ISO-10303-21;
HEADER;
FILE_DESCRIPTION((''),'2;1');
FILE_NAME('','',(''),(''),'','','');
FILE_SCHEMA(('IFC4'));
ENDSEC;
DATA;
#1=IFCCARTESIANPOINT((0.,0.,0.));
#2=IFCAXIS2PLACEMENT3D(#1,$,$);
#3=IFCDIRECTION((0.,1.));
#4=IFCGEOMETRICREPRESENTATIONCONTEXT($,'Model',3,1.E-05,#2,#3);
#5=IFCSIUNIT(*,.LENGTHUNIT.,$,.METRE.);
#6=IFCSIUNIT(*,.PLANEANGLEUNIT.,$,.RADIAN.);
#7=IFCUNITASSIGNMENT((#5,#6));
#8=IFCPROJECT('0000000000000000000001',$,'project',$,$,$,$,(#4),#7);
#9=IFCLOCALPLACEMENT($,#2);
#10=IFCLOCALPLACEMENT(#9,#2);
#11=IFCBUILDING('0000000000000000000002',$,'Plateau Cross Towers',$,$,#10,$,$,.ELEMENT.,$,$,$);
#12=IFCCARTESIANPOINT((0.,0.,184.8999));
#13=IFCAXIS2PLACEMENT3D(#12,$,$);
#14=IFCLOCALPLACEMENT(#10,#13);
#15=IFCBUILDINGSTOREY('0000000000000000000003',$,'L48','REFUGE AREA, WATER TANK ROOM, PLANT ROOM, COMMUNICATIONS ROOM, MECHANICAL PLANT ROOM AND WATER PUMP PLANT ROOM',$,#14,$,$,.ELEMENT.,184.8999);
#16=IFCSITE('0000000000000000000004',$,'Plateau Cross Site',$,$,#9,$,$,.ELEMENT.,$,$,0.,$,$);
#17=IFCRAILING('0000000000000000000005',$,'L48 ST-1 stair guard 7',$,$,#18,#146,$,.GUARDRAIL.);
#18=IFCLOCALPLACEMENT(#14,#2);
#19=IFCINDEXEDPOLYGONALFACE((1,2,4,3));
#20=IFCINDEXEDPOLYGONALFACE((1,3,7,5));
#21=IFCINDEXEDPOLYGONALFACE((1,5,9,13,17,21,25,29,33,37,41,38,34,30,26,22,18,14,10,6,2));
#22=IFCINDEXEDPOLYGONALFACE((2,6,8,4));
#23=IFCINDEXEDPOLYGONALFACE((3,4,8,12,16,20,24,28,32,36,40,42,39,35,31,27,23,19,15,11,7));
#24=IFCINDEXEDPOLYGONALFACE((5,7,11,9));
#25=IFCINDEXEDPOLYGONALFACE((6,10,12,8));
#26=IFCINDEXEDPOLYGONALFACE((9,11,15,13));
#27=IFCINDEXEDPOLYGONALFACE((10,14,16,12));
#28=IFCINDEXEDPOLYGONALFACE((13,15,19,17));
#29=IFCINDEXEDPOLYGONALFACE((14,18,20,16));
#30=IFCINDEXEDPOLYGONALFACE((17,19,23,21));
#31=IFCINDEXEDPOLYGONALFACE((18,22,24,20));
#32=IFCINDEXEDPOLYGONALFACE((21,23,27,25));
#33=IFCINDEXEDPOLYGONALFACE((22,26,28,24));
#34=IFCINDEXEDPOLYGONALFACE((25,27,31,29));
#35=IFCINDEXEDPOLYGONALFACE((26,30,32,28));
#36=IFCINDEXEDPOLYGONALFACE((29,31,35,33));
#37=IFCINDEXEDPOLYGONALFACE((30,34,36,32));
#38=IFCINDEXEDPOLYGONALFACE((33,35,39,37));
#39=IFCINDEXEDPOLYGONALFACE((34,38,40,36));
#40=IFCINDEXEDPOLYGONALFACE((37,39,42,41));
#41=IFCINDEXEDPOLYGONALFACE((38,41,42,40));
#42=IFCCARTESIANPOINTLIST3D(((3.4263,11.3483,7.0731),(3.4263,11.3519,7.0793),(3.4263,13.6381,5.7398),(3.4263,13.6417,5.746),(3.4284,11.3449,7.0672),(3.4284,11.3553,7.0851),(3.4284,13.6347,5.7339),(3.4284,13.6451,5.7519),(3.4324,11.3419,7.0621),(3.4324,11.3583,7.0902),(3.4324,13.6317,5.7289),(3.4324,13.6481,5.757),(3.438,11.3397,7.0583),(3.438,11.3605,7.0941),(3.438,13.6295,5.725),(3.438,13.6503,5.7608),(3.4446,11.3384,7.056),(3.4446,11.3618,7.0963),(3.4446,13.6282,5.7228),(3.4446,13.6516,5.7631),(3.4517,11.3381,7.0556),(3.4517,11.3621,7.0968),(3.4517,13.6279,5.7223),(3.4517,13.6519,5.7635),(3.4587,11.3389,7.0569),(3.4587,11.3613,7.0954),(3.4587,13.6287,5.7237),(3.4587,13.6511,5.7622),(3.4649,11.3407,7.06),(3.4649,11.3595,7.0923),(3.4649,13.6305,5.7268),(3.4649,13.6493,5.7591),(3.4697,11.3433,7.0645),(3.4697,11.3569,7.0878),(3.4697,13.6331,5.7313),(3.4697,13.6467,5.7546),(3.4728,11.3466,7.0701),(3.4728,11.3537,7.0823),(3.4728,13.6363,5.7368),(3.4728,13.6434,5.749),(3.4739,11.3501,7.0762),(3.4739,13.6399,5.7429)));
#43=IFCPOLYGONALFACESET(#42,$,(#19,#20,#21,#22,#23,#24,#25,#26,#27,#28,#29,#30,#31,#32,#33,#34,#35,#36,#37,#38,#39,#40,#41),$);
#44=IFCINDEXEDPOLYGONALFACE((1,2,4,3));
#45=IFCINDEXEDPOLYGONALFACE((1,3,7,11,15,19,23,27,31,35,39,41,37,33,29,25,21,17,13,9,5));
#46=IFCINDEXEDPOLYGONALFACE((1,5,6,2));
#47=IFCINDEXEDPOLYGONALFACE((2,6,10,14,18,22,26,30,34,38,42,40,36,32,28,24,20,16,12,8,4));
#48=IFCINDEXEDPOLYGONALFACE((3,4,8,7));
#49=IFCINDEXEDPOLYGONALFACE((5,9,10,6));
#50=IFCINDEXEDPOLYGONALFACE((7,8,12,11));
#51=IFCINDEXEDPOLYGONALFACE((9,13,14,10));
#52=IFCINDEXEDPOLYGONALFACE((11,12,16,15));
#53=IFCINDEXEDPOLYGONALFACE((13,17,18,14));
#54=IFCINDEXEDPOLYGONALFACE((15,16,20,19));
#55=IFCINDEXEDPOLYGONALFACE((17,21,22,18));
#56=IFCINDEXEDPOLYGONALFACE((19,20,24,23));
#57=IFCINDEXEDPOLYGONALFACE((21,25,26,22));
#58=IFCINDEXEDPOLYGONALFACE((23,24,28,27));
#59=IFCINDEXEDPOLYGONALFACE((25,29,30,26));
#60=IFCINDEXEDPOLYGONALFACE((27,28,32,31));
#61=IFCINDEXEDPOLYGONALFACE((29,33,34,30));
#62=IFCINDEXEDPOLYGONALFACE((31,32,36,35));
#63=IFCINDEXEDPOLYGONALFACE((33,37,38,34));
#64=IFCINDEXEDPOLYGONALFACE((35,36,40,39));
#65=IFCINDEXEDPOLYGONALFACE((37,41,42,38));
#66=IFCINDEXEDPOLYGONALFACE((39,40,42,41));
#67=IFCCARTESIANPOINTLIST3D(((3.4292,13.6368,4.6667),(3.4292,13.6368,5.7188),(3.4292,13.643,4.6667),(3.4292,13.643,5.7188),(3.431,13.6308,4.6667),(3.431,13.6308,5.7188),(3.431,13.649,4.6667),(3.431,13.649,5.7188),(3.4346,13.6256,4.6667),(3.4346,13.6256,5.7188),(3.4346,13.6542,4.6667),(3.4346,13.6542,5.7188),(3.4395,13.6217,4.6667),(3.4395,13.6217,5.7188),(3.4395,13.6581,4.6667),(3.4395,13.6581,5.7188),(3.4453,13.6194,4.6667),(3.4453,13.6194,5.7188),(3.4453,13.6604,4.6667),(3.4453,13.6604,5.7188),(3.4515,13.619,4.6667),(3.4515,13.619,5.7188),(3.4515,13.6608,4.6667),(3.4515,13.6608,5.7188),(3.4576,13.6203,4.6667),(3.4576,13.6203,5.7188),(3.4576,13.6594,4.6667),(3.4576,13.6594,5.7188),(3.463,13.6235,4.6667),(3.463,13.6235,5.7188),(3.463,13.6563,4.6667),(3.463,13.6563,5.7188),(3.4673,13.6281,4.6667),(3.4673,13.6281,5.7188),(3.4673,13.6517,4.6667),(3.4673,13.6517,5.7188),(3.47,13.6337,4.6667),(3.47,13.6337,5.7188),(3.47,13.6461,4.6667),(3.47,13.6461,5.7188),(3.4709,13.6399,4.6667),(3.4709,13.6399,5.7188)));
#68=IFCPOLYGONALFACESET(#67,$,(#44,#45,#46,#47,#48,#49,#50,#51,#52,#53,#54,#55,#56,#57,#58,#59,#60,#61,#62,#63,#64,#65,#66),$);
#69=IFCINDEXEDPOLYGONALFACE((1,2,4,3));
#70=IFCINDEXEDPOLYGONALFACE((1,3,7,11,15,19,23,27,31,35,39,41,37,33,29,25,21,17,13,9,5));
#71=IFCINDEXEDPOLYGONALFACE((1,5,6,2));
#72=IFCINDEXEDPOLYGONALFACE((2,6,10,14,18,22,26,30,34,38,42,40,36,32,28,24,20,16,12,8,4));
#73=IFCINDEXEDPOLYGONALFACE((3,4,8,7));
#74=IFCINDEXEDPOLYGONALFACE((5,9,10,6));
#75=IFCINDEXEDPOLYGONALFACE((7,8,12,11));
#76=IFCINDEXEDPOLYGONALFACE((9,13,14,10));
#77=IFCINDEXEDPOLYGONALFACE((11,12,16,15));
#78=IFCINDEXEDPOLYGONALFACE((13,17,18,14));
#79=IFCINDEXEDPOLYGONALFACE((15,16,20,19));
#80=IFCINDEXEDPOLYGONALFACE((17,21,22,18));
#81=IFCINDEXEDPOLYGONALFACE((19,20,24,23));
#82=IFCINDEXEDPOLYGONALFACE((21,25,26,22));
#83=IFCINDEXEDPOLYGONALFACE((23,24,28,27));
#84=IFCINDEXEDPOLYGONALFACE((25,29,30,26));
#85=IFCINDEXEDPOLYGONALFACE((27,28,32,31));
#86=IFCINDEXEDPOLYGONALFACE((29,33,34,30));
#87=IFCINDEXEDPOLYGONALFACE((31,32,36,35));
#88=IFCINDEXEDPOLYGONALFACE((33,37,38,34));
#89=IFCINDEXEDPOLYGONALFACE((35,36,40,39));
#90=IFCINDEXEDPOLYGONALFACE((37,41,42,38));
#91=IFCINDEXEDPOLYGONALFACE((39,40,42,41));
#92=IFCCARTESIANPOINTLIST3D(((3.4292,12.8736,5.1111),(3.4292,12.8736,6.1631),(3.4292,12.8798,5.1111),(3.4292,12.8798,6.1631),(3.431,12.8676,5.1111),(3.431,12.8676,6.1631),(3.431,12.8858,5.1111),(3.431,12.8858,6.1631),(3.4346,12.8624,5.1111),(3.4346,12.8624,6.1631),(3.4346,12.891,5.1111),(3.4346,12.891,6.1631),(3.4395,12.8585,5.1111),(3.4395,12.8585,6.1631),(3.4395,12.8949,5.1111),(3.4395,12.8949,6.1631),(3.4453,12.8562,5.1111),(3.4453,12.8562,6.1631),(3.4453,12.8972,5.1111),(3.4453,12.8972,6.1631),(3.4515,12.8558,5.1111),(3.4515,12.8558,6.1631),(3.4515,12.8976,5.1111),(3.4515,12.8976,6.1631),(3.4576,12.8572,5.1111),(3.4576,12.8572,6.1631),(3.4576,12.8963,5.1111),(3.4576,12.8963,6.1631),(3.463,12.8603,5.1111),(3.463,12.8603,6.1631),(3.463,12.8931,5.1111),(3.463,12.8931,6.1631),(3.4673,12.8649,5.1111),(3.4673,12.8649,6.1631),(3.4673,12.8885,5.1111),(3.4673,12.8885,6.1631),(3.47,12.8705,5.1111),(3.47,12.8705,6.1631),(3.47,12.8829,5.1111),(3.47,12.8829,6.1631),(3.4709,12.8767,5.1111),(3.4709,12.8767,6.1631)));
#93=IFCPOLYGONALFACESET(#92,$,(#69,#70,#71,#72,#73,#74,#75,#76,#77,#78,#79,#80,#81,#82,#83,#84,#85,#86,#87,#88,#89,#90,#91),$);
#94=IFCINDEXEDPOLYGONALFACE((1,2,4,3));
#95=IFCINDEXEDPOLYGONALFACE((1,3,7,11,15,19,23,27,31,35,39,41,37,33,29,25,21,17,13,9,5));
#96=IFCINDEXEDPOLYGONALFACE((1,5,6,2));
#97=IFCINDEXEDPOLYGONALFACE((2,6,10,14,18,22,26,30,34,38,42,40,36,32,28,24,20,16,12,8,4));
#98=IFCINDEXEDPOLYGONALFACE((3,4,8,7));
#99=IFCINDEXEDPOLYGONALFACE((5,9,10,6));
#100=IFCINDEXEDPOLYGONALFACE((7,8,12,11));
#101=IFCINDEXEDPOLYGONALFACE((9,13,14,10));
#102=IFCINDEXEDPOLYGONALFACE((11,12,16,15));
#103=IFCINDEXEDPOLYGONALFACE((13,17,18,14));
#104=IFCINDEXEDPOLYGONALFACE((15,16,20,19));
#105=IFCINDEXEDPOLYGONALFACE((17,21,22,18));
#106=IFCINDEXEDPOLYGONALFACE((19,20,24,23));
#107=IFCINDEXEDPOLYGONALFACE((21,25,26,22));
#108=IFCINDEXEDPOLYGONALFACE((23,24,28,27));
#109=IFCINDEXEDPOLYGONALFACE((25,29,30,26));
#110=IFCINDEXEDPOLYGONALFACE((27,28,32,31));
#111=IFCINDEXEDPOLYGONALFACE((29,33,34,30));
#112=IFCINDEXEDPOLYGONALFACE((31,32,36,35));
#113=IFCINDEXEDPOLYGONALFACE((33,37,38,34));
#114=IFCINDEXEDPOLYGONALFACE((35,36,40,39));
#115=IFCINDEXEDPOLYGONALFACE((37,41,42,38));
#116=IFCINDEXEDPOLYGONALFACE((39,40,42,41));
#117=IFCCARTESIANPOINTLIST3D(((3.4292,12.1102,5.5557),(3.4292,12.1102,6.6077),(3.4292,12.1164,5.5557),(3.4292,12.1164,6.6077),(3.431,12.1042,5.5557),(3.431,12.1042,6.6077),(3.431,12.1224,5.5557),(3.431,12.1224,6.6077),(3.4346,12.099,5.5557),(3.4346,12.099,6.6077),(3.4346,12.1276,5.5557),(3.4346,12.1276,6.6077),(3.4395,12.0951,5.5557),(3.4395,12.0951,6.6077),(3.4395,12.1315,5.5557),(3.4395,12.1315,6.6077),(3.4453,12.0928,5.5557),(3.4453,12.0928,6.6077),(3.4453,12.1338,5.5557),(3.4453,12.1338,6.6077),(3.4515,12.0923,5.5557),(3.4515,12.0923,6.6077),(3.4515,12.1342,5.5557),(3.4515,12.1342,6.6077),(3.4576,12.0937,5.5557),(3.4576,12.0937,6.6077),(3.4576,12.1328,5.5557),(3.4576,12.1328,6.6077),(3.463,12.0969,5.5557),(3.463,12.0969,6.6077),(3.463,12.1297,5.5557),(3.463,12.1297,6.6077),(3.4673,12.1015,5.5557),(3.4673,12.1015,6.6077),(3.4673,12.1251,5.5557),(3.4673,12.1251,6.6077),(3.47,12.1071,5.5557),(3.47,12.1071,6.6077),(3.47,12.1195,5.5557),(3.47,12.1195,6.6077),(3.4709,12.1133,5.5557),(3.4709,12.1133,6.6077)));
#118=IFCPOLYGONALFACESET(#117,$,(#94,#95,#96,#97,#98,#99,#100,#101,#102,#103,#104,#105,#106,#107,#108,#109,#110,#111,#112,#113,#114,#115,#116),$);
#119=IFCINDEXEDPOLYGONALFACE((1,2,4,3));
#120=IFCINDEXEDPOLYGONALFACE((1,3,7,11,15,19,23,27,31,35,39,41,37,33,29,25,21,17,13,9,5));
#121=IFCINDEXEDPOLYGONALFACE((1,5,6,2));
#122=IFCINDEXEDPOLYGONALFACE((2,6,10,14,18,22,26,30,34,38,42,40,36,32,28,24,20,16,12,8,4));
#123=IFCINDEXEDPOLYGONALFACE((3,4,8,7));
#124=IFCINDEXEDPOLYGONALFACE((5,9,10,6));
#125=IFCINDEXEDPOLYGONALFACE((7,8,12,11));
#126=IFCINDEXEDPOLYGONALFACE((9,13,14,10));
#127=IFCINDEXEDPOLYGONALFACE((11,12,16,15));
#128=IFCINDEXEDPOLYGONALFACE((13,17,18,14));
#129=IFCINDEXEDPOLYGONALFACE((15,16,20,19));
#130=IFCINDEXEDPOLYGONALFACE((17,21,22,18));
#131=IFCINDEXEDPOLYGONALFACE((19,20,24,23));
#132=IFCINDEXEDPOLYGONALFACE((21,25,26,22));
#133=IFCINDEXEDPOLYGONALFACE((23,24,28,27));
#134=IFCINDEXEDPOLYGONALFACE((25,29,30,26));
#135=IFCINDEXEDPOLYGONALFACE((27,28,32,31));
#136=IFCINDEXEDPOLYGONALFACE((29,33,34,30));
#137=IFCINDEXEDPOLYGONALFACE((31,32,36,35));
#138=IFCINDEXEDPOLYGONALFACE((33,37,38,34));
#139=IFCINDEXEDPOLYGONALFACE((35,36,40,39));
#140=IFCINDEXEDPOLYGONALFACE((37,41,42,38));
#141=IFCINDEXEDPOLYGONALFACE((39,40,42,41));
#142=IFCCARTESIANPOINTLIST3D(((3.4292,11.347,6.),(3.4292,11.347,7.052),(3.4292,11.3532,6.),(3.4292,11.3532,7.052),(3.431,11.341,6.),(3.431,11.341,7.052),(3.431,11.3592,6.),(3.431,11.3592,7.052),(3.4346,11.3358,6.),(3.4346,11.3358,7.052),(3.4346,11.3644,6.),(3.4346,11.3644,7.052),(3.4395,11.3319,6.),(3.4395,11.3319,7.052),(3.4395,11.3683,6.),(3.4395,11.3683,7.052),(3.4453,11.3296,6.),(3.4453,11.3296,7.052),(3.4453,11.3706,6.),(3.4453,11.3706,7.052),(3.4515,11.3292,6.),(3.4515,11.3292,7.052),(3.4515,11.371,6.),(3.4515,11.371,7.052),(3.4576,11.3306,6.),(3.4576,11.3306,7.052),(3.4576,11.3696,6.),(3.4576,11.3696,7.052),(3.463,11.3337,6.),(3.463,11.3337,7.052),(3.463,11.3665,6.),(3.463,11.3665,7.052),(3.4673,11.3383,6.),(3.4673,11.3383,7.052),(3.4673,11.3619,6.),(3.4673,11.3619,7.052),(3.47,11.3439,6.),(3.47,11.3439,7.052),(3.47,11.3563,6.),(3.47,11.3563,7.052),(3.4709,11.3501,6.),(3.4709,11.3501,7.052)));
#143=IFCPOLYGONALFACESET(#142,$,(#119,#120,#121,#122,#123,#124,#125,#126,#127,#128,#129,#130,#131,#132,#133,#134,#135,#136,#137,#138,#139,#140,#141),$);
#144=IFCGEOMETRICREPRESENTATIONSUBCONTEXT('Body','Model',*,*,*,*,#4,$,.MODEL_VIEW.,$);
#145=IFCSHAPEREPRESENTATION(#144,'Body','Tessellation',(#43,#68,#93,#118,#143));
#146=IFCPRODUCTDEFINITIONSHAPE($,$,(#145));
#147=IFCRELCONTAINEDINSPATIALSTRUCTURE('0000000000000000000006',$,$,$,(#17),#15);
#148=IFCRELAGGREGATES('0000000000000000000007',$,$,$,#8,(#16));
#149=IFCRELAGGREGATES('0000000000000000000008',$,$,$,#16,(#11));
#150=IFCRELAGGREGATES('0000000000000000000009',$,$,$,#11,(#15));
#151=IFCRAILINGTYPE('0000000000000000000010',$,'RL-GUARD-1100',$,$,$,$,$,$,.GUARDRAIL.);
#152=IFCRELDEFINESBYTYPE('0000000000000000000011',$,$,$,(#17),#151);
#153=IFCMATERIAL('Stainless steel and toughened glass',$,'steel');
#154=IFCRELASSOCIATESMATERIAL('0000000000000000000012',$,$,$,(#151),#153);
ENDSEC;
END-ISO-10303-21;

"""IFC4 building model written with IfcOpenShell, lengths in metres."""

from ifc_helpers import new_model, si_unit, direction, frame, origin, origin_2d, place, context, subcontext, project, spatial, circle, extrude, material, type_object, element, save


model = new_model("IFC4")

# Units and contexts
model_context = context("Model", 3, precision=1e-05, world=origin(), true_north=direction((0.0, 1.0)))
body_context = subcontext(model_context, "Body", "Model", "MODEL_VIEW")
ifc_project = project(units=[si_unit("LENGTHUNIT", "METRE"), si_unit("PLANEANGLEUNIT", "RADIAN")], contexts=[model_context])

# Site, building, storey
site_placement = place(None, origin())
site = spatial("IfcSite", under=ifc_project, at=site_placement, Name="Plateau Cross Site", CompositionType="ELEMENT", RefElevation=0.0)
building_placement = place(site_placement, origin())
building = spatial("IfcBuilding", under=site, at=building_placement, Name="Plateau Cross Towers", CompositionType="ELEMENT")
storey_placement = place(building_placement, frame((0.0, 0.0, 184.8999)))
storey = spatial("IfcBuildingStorey", under=building, at=storey_placement, Name="L48", Description="REFUGE AREA, WATER TANK ROOM, PLANT ROOM, COMMUNICATIONS ROOM, MECHANICAL PLANT ROOM AND WATER PUMP PLANT ROOM", CompositionType="ELEMENT", Elevation=184.8999)

# Railing
ifc_material_1 = material(Name="Stainless steel and toughened glass", Category="steel")
railing_type_1 = type_object("IfcRailingType", Name="RL-GUARD-1100", PredefinedType="GUARDRAIL", material=ifc_material_1)
railing_1_placement = place(storey_placement, frame((3.45, 13.6399, 4.6667)))
element("IfcRailing", 1, at=railing_1_placement, inside=storey, type_object=railing_type_1, Name="L48 ST-1 stair guard 7", PredefinedType="GUARDRAIL", context=body_context, shape_type="SweptSolid", body=[
    extrude(circle(Radius=0.0239, at=origin_2d()), frame((0.0, 0.0, 1.0762), z_axis=(0.0, -0.864183, 0.503178), x_axis=(1.0, 0.0, 0.0)), (0.0, 0.0, 1.0), 2.6497),
    extrude(circle(Radius=0.021, at=origin_2d()), origin(), (0.0, 0.0, 1.0), 1.052),
    extrude(circle(Radius=0.021, at=origin_2d()), frame((0.0, -0.7632, 0.4443)), (0.0, 0.0, 1.0), 1.052),
    extrude(circle(Radius=0.021, at=origin_2d()), frame((0.0, -1.5266, 0.8889)), (0.0, 0.0, 1.0), 1.052),
    extrude(circle(Radius=0.021, at=origin_2d()), frame((0.0, -2.2898, 1.3333)), (0.0, 0.0, 1.0), 1.052),
])

save(model, "model.ifc")
